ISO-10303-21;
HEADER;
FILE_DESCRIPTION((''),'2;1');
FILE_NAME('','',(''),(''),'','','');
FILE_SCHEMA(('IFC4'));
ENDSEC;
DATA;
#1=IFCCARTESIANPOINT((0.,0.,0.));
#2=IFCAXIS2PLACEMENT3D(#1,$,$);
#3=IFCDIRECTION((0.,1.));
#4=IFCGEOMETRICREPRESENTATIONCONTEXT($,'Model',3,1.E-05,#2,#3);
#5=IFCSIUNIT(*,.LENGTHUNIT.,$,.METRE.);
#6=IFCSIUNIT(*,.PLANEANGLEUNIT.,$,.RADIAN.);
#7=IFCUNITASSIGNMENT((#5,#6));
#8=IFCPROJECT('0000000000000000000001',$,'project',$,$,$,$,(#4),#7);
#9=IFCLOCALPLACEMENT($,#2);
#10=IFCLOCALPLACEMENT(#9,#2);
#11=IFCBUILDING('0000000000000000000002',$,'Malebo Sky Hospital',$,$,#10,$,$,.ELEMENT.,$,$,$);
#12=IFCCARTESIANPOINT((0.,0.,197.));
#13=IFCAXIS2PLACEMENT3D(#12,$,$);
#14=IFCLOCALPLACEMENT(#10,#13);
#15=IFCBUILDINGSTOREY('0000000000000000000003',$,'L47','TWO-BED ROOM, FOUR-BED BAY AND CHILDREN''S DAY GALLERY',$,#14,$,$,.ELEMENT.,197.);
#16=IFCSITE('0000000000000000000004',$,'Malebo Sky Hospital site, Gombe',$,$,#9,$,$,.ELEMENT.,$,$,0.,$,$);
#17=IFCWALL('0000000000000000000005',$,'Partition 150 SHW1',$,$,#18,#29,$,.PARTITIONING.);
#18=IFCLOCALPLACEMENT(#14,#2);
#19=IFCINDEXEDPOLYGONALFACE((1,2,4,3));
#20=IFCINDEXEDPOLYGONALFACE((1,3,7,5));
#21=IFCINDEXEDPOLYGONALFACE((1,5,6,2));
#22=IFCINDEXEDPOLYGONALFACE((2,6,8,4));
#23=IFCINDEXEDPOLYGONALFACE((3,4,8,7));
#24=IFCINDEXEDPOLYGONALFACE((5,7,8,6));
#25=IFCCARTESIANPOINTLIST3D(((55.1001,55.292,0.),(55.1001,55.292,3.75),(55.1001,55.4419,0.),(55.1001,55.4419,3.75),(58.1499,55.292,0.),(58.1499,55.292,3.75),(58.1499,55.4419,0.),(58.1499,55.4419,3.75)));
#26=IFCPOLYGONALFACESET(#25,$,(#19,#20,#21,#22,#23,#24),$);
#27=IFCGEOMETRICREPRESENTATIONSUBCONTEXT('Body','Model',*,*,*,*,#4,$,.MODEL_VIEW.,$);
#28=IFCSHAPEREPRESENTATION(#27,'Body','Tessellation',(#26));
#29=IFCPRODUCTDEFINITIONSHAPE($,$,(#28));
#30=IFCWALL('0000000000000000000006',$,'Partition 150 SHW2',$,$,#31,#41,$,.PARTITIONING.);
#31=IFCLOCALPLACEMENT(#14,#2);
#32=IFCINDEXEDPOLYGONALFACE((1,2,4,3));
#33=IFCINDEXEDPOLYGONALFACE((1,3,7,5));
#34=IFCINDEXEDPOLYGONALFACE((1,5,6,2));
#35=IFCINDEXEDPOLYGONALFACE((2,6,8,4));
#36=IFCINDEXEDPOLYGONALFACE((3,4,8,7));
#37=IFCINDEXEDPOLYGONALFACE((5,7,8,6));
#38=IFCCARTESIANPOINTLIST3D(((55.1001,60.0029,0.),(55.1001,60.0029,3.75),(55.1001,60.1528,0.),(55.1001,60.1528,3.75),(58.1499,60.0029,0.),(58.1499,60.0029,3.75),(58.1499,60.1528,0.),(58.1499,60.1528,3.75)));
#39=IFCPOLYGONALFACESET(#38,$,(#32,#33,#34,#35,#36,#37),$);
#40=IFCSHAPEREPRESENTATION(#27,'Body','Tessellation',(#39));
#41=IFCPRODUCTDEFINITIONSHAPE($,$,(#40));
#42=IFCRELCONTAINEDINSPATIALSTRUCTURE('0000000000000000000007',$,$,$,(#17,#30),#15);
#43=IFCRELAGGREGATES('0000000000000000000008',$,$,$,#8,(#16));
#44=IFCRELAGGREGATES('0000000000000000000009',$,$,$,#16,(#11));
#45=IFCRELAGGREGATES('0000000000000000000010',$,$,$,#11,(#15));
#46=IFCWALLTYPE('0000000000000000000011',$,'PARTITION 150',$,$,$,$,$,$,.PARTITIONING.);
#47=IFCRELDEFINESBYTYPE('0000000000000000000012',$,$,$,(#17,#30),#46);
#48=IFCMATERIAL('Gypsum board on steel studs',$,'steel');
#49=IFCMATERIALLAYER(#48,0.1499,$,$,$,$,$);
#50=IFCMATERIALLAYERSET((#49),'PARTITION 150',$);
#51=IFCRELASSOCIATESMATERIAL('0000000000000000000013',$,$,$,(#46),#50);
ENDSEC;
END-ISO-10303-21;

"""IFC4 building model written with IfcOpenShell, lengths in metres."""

from ifc_helpers import new_model, si_unit, direction, frame, frame_2d, origin, place, context, subcontext, project, spatial, rectangle, extrude, material, layer, layer_set, type_object, element, save


model = new_model("IFC4")

# Units and contexts
model_context = context("Model", 3, precision=1e-05, world=origin(), true_north=direction((0.0, 1.0)))
body_context = subcontext(model_context, "Body", "Model", "MODEL_VIEW")
ifc_project = project(units=[si_unit("LENGTHUNIT", "METRE"), si_unit("PLANEANGLEUNIT", "RADIAN")], contexts=[model_context])

# Site, building, storey
site_placement = place(None, origin())
site = spatial("IfcSite", under=ifc_project, at=site_placement, Name="Malebo Sky Hospital site, Gombe", CompositionType="ELEMENT", RefElevation=0.0)
building_placement = place(site_placement, origin())
building = spatial("IfcBuilding", under=site, at=building_placement, Name="Malebo Sky Hospital", CompositionType="ELEMENT")
storey_placement = place(building_placement, frame((0.0, 0.0, 197.0)))
storey = spatial("IfcBuildingStorey", under=building, at=storey_placement, Name="L47", Description="TWO-BED ROOM, FOUR-BED BAY AND CHILDREN'S DAY GALLERY", CompositionType="ELEMENT", Elevation=197.0)

# Shared definitions
ifc_material_1 = material(Name="Gypsum board on steel studs", Category="steel")

# Walls
ifc_layer_1 = layer(ifc_material_1, 0.1499)
ifc_layer_set_1 = layer_set([ifc_layer_1], Name="PARTITION 150")
wall_type_1 = type_object("IfcWallType", Name="PARTITION 150", PredefinedType="PARTITIONING", material=ifc_layer_set_1)
for number, where, z_axis, x_axis, name in (
    (1, (55.1001, 55.3669, 0.0), (0.0, 0.0, 1.0), (1.0, 0.0, 0.0), "Partition 150 SHW1"),
    (2, (55.1001, 60.0779, 0.0), (0.0, 0.0, 1.0), (1.0, 0.0, 0.0), "Partition 150 SHW2"),
):
    element("IfcWall", number, at=place(storey_placement, frame(where, z_axis=z_axis, x_axis=x_axis)), inside=storey, type_object=wall_type_1, Name=name, PredefinedType="PARTITIONING", context=body_context, shape_type="SweptSolid", body=[
        extrude(rectangle(XDim=3.0498, YDim=0.1499, at=frame_2d((1.5249, 0.0))), origin(), (0.0, 0.0, 1.0), 3.75),
    ])

save(model, "model.ifc")
